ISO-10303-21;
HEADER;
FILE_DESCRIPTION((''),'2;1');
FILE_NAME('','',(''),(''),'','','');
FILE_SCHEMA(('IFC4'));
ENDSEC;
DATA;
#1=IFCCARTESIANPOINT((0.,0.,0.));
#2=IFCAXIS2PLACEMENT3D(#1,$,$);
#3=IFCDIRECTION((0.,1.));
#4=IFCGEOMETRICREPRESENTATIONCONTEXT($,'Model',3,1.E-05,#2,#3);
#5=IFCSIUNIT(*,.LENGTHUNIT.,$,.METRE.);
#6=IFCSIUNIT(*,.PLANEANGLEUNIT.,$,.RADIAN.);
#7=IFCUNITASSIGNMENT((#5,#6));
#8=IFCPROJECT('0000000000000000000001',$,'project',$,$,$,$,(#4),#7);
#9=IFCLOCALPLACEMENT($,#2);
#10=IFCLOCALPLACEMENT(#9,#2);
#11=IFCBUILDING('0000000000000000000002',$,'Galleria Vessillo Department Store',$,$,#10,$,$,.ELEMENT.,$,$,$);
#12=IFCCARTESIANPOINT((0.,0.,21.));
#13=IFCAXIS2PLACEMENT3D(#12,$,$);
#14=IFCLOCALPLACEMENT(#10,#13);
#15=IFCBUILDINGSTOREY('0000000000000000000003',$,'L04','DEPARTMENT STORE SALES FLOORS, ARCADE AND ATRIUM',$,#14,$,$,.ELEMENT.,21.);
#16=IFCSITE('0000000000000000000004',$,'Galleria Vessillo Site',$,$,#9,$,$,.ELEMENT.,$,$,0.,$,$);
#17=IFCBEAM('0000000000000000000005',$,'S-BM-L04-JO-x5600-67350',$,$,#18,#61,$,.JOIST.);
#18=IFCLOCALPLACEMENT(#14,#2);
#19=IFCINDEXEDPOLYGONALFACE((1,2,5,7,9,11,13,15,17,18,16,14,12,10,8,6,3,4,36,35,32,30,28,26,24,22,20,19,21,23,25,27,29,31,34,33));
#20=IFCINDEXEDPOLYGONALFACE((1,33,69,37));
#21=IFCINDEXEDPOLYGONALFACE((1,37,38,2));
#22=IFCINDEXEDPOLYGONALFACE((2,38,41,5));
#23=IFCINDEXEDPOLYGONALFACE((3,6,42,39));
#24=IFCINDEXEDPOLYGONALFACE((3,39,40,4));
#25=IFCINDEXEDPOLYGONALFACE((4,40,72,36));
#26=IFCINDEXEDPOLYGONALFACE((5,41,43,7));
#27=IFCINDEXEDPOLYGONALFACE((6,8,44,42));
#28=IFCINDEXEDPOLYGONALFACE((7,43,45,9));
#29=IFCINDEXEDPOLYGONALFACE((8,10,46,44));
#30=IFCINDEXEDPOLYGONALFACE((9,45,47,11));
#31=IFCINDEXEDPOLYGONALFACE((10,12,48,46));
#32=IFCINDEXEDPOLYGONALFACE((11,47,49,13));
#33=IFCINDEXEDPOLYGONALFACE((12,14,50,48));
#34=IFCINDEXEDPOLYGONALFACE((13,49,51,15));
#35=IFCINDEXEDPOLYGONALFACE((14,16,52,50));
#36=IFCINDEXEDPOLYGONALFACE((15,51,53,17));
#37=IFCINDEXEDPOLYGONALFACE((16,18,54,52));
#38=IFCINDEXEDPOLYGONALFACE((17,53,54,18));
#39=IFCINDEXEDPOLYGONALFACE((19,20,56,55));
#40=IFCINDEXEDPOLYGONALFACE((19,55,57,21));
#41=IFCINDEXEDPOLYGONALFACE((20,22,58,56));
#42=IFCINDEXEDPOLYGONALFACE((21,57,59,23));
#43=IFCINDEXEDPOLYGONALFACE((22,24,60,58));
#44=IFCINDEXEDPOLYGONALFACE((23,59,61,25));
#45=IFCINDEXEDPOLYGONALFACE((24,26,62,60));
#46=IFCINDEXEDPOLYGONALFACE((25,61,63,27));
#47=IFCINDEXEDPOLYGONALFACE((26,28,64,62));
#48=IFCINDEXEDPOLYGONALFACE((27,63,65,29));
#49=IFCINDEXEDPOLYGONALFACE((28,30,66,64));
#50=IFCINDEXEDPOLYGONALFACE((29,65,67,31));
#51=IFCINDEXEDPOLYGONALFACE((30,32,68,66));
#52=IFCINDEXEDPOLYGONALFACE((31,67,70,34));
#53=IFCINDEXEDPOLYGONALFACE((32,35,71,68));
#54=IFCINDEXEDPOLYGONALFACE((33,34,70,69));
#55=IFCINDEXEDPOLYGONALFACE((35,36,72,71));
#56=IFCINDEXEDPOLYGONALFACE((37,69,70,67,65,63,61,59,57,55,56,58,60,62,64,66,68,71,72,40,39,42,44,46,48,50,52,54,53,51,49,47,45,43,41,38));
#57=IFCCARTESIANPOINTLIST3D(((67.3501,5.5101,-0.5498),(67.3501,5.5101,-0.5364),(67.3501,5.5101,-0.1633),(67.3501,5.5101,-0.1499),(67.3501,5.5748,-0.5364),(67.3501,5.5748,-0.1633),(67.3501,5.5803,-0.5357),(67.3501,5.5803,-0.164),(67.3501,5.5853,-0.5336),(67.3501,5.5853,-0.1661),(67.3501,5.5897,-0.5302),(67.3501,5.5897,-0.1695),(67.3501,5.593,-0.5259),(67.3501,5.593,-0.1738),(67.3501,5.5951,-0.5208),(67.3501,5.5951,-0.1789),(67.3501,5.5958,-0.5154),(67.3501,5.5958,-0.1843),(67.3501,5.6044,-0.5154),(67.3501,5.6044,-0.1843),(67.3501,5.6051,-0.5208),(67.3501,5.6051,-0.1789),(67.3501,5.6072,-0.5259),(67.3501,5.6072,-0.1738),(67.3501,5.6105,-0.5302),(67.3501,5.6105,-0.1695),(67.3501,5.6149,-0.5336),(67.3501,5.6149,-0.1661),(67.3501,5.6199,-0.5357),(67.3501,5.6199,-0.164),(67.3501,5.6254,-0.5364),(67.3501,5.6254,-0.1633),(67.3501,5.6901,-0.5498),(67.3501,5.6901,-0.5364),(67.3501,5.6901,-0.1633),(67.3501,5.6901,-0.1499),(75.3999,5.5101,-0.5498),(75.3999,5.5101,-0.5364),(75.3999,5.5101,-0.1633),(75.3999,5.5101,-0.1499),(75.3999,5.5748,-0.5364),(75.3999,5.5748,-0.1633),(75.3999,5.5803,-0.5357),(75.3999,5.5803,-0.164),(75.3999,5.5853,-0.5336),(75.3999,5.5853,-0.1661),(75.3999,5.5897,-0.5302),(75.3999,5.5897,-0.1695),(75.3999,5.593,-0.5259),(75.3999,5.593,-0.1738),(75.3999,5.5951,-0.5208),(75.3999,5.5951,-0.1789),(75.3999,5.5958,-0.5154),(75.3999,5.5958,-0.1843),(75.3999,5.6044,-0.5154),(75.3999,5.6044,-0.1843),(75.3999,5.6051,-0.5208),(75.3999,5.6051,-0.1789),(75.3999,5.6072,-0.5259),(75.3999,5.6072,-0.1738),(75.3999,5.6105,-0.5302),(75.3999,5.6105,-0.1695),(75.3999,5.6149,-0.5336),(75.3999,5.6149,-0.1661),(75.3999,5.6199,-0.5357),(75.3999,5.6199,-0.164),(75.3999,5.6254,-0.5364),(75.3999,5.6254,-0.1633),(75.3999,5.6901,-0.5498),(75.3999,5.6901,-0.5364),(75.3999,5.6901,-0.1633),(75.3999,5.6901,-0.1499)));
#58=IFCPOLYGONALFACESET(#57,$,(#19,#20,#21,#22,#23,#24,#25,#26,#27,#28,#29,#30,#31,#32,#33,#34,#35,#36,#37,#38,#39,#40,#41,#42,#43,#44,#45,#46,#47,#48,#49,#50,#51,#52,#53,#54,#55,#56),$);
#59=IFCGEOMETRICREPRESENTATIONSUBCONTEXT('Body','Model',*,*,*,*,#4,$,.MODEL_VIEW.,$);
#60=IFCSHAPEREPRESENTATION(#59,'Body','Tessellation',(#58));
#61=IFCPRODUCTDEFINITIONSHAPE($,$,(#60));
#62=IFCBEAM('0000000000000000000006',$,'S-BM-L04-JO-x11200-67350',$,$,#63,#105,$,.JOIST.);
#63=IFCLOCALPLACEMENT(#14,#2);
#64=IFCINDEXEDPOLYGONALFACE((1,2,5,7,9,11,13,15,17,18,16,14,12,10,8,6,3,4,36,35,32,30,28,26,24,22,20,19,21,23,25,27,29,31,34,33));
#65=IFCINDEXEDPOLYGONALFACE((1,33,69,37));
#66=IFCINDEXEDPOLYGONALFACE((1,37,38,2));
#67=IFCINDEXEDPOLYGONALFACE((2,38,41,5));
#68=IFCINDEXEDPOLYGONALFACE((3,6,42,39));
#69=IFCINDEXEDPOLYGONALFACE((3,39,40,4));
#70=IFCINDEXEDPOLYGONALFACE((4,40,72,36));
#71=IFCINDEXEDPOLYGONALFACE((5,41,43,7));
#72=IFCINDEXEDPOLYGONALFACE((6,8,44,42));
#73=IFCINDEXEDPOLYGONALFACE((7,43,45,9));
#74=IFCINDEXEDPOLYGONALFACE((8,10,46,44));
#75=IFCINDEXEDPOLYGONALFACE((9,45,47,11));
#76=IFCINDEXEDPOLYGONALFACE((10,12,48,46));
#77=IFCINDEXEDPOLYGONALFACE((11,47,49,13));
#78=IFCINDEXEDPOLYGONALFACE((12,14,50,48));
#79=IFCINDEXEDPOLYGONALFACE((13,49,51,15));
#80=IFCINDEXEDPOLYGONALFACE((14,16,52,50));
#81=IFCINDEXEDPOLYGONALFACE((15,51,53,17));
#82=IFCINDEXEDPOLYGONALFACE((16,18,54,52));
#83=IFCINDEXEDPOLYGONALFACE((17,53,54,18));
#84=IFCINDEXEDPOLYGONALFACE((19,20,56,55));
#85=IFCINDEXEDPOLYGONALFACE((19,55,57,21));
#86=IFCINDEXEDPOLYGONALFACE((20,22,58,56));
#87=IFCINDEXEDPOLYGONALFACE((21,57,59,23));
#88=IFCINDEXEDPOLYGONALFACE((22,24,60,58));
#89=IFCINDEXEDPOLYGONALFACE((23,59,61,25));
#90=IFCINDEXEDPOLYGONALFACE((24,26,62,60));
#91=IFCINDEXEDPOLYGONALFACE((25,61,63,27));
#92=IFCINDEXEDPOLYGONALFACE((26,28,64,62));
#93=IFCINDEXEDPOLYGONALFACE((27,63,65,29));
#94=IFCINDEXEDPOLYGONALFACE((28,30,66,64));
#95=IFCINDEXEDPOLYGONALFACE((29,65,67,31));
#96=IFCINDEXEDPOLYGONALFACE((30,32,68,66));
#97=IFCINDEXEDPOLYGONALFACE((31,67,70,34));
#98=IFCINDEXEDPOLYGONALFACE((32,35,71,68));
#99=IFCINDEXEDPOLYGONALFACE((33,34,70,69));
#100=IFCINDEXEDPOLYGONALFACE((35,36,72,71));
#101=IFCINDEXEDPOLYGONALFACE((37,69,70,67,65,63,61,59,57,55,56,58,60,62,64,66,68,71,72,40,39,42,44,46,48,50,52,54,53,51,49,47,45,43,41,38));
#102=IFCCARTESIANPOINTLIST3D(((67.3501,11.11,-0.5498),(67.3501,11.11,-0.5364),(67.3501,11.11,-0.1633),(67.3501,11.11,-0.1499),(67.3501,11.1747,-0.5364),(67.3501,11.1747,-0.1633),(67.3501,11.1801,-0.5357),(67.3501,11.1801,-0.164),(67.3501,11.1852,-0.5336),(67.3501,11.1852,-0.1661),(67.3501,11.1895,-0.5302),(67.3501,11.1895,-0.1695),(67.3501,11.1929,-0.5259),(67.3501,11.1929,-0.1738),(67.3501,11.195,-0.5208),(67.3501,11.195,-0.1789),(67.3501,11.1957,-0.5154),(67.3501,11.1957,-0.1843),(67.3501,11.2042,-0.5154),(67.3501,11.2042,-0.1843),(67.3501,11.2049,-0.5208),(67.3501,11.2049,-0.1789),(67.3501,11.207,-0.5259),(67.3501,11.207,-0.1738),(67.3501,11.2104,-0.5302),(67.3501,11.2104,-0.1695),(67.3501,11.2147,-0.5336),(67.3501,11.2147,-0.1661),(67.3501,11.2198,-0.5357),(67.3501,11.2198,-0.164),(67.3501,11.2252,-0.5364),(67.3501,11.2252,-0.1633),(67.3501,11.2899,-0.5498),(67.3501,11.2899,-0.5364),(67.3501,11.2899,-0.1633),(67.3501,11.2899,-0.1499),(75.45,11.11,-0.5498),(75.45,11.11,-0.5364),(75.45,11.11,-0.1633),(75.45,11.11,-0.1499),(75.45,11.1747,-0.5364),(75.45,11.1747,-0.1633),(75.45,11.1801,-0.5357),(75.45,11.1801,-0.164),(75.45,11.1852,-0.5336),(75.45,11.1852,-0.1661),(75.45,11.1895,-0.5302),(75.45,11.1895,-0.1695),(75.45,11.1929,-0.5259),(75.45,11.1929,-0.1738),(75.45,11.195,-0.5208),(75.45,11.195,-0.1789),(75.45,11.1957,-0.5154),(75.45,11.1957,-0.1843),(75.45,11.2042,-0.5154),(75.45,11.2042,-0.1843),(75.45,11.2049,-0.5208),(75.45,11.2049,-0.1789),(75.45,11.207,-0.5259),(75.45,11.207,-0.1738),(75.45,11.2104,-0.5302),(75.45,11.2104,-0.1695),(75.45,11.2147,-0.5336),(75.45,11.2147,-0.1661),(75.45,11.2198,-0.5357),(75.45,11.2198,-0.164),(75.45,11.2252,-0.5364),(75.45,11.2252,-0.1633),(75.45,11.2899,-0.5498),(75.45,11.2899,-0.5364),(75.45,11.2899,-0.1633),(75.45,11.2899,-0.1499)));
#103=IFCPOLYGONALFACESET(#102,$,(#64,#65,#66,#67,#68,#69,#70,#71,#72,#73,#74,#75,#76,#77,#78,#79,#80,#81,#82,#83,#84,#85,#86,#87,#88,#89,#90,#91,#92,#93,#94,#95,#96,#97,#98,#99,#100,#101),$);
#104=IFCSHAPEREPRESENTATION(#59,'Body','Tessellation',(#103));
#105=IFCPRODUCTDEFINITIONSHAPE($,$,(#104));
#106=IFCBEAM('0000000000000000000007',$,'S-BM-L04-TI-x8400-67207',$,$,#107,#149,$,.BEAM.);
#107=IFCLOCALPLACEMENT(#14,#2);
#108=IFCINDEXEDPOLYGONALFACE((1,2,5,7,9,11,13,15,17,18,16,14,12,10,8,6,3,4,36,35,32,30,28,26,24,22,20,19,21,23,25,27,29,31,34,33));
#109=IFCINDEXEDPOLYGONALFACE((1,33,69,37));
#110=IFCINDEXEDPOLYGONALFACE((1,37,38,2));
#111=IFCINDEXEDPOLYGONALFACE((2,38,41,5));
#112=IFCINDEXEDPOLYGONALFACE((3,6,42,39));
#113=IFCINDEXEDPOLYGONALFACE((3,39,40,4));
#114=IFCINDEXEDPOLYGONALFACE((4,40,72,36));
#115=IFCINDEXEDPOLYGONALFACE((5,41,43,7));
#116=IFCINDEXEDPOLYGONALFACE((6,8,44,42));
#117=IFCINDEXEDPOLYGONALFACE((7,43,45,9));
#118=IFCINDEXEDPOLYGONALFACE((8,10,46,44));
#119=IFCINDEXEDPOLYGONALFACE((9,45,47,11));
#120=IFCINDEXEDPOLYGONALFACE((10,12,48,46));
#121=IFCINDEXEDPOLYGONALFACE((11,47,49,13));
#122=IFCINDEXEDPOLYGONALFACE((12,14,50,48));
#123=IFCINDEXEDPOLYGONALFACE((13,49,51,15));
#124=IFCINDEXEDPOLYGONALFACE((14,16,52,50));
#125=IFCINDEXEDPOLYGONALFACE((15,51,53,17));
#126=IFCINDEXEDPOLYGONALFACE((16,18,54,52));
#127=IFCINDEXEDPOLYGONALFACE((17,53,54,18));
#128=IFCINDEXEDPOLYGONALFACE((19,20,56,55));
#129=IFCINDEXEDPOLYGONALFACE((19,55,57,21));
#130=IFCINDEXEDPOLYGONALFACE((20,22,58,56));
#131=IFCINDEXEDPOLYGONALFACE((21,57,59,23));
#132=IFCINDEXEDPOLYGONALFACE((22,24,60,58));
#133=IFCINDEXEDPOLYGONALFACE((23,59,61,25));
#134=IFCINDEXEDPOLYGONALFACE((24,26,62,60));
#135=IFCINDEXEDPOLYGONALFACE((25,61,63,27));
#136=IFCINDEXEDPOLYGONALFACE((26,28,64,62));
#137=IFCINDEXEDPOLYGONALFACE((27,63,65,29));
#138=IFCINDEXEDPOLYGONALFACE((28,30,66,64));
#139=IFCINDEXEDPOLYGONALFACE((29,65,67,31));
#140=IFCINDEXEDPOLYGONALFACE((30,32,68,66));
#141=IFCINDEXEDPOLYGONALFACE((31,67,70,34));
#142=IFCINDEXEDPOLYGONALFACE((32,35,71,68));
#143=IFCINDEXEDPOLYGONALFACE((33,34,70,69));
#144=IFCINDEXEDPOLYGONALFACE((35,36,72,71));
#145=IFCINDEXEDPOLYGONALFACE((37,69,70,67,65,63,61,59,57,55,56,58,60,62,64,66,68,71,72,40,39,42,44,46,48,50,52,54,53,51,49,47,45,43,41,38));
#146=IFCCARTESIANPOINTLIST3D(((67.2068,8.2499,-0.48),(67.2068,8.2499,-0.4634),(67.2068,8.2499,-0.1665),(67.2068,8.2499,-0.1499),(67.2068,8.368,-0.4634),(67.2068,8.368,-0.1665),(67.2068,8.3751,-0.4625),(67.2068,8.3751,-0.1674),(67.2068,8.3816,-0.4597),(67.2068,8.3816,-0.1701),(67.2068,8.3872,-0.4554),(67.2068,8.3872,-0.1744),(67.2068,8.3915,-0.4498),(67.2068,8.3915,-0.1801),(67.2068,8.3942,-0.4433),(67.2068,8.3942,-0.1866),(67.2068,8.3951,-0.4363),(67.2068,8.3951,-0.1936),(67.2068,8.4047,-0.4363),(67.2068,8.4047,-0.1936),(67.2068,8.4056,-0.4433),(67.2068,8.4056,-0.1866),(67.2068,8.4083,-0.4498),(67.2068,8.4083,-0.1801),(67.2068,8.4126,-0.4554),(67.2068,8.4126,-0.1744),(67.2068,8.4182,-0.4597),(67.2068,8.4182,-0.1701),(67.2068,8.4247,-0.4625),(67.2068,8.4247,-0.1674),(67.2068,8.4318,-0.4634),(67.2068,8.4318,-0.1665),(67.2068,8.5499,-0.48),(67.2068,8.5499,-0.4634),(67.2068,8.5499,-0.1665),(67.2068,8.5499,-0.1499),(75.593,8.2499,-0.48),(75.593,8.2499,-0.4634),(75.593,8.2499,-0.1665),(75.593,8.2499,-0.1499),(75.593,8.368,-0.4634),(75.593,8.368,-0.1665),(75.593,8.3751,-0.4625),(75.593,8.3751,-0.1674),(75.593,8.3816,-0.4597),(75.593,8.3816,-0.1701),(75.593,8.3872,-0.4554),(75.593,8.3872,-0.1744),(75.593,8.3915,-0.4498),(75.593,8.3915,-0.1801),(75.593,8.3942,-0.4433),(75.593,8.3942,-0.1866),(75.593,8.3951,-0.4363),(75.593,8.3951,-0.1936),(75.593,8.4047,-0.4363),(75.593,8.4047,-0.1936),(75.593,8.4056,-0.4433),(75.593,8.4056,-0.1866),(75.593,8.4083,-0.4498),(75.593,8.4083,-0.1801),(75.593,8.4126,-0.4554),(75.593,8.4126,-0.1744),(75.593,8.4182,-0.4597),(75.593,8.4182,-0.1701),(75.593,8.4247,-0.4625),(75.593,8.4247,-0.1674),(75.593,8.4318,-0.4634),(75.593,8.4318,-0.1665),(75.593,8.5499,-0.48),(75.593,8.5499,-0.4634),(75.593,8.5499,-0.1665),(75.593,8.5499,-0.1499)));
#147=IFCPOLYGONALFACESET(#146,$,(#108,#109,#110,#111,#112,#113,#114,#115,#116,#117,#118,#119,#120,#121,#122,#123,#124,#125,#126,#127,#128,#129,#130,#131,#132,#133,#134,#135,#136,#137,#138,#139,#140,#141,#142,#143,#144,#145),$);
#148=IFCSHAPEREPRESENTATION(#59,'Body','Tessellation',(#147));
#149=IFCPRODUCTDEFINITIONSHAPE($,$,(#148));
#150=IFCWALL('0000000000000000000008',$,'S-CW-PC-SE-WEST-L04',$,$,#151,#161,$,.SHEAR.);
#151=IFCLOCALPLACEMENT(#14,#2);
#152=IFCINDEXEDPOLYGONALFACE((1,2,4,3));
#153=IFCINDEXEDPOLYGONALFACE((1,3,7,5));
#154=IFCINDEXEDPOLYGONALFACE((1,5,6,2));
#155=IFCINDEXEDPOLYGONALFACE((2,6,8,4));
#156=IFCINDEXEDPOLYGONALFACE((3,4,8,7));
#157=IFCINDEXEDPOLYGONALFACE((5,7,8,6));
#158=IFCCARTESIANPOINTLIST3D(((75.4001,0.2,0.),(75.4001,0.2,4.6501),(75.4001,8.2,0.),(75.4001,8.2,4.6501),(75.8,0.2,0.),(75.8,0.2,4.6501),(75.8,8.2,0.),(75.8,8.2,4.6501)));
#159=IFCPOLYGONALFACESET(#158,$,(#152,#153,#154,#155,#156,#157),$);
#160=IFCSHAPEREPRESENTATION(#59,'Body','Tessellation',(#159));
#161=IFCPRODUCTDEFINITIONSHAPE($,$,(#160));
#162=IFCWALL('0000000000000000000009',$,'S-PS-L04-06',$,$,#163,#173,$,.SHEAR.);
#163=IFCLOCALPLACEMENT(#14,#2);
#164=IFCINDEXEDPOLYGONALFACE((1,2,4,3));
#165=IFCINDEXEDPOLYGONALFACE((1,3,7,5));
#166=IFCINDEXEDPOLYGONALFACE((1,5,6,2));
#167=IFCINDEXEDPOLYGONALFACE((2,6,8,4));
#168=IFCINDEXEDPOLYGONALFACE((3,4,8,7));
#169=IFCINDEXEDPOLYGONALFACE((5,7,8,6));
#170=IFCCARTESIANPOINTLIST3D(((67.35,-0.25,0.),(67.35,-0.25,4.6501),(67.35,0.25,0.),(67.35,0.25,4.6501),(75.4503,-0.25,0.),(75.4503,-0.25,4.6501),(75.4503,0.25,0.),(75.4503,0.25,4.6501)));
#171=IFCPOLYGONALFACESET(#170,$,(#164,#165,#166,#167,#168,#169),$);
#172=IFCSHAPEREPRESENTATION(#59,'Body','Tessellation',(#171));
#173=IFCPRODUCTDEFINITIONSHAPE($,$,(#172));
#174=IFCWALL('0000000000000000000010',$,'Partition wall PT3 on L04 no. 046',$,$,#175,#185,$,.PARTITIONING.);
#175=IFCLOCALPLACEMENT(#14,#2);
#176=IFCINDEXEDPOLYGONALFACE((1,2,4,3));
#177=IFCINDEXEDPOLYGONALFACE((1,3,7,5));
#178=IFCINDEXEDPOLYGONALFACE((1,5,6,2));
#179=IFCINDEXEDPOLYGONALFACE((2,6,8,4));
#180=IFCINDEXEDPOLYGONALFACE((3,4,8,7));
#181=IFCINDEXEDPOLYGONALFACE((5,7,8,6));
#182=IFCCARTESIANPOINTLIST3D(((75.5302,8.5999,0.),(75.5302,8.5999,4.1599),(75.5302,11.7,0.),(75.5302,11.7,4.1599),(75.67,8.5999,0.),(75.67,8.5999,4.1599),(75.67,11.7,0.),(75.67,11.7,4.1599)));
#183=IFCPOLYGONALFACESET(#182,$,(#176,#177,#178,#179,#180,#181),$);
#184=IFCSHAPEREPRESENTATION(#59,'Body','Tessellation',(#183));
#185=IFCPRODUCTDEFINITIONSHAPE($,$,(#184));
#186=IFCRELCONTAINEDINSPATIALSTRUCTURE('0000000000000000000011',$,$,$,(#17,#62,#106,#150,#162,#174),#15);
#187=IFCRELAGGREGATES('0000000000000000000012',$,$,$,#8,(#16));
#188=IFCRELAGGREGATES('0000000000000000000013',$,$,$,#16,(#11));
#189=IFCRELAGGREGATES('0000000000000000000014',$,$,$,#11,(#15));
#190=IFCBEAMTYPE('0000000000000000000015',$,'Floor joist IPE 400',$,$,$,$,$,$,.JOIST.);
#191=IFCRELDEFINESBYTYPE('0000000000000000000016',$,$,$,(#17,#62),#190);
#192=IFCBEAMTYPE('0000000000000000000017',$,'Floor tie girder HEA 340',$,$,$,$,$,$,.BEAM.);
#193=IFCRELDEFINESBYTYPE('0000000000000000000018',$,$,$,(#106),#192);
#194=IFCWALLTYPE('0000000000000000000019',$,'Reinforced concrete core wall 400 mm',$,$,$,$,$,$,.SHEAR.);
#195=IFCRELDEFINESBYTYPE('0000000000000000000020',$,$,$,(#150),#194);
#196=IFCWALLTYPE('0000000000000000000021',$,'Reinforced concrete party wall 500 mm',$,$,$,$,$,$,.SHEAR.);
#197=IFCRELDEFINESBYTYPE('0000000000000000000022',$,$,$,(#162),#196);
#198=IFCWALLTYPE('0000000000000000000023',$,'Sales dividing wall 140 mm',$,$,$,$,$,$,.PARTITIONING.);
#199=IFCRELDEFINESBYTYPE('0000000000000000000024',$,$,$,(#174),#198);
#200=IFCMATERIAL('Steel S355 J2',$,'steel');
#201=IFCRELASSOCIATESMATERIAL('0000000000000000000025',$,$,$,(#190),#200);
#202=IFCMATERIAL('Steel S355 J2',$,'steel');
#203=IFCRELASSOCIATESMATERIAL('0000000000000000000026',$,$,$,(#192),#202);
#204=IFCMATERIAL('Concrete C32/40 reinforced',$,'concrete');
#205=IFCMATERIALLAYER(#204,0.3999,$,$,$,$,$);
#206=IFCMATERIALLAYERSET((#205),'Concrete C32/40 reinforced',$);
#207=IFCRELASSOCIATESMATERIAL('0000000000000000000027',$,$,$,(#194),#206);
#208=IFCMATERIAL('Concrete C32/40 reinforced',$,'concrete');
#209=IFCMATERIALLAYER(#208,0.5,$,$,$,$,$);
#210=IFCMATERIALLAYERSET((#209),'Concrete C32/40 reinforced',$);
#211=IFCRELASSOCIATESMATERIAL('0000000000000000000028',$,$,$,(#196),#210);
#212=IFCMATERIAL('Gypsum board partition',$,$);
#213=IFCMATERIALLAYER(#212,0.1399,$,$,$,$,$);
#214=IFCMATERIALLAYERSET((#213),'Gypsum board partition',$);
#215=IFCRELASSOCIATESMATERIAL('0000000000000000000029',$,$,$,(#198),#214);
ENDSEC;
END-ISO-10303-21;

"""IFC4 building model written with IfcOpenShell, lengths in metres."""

from ifc_helpers import new_model, si_unit, direction, frame, frame_2d, origin, origin_2d, place, context, subcontext, project, spatial, rectangle, i_section, extrude, material, layer, layer_set, material_profile, profile_set, type_object, element, save


model = new_model("IFC4")

# Units and contexts
model_context = context("Model", 3, precision=1e-05, world=origin(), true_north=direction((0.0, 1.0)))
body_context = subcontext(model_context, "Body", "Model", "MODEL_VIEW")
ifc_project = project(units=[si_unit("LENGTHUNIT", "METRE"), si_unit("PLANEANGLEUNIT", "RADIAN")], contexts=[model_context])

# Site, building, storey
site_placement = place(None, origin())
site = spatial("IfcSite", under=ifc_project, at=site_placement, Name="Galleria Vessillo Site", CompositionType="ELEMENT", RefElevation=0.0)
building_placement = place(site_placement, origin())
building = spatial("IfcBuilding", under=site, at=building_placement, Name="Galleria Vessillo Department Store", CompositionType="ELEMENT")
storey_placement = place(building_placement, frame((0.0, 0.0, 21.0)))
storey = spatial("IfcBuildingStorey", under=building, at=storey_placement, Name="L04", Description="DEPARTMENT STORE SALES FLOORS, ARCADE AND ATRIUM", CompositionType="ELEMENT", Elevation=21.0)

# Beams
ifc_material_1 = material(Name="Steel S355 J2", Category="steel")
ifc_material_profile_1 = material_profile(ifc_material_1, i_section(OverallWidth=0.1799, OverallDepth=0.3999, WebThickness=0.0085, FlangeThickness=0.0134, FilletRadius=0.021, at=origin_2d()), Name="IPE 400")
ifc_profile_set_1 = profile_set([ifc_material_profile_1], Name="Steel S355 J2")
beam_type_1 = type_object("IfcBeamType", Name="Floor joist IPE 400", PredefinedType="JOIST", material=ifc_profile_set_1)
for number, where, z_axis, x_axis, name in (
    (1, (67.3501, 5.6001, -0.3499), (1.0, 0.0, 0.0), (0.0, 1.0, 0.0), "S-BM-L04-JO-x5600-67350"),
):
    element("IfcBeam", number, at=place(storey_placement, frame(where, z_axis=z_axis, x_axis=x_axis)), inside=storey, type_object=beam_type_1, Name=name, PredefinedType="JOIST", context=body_context, shape_type="SweptSolid", body=[
        extrude(i_section(OverallWidth=0.1799, OverallDepth=0.3999, WebThickness=0.0085, FlangeThickness=0.0134, FilletRadius=0.021, at=origin_2d()), origin(), (0.0, 0.0, 1.0), 8.0498),
    ])
beam_1_placement = place(storey_placement, frame((67.3501, 11.2, -0.3499), z_axis=(1.0, 0.0, 0.0), x_axis=(0.0, 1.0, 0.0)))
element("IfcBeam", 2, at=beam_1_placement, inside=storey, type_object=beam_type_1, Name="S-BM-L04-JO-x11200-67350", PredefinedType="JOIST", context=body_context, shape_type="SweptSolid", body=[
    extrude(i_section(OverallWidth=0.1799, OverallDepth=0.3999, WebThickness=0.0085, FlangeThickness=0.0134, FilletRadius=0.021, at=origin_2d()), origin(), (0.0, 0.0, 1.0), 8.0999),
])
ifc_material_2 = material(Name="Steel S355 J2", Category="steel")
ifc_material_profile_2 = material_profile(ifc_material_2, i_section(OverallWidth=0.3, OverallDepth=0.3301, WebThickness=0.0095, FlangeThickness=0.0166, FilletRadius=0.0271, at=origin_2d()), Name="HEA 340")
ifc_profile_set_2 = profile_set([ifc_material_profile_2], Name="Steel S355 J2")
beam_type_2 = type_object("IfcBeamType", Name="Floor tie girder HEA 340", PredefinedType="BEAM", material=ifc_profile_set_2)
beam_2_placement = place(storey_placement, frame((67.2068, 8.3999, -0.3149), z_axis=(1.0, 0.0, 0.0), x_axis=(0.0, 1.0, 0.0)))
element("IfcBeam", 3, at=beam_2_placement, inside=storey, type_object=beam_type_2, Name="S-BM-L04-TI-x8400-67207", PredefinedType="BEAM", context=body_context, shape_type="SweptSolid", body=[
    extrude(i_section(OverallWidth=0.3, OverallDepth=0.3301, WebThickness=0.0095, FlangeThickness=0.0166, FilletRadius=0.0271, at=origin_2d()), origin(), (0.0, 0.0, 1.0), 8.3862),
])

# Walls
ifc_material_3 = material(Name="Concrete C32/40 reinforced", Category="concrete")
ifc_layer_1 = layer(ifc_material_3, 0.3999)
ifc_layer_set_1 = layer_set([ifc_layer_1], Name="Concrete C32/40 reinforced")
wall_type_1 = type_object("IfcWallType", Name="Reinforced concrete core wall 400 mm", PredefinedType="SHEAR", material=ifc_layer_set_1)
wall_1_placement = place(storey_placement, frame((75.6001, 0.2, 0.0), z_axis=(0.0, 0.0, 1.0), x_axis=(0.0, 1.0, 0.0)))
element("IfcWall", 4, at=wall_1_placement, inside=storey, type_object=wall_type_1, Name="S-CW-PC-SE-WEST-L04", PredefinedType="SHEAR", context=body_context, shape_type="SweptSolid", body=[
    extrude(rectangle(XDim=8.0, YDim=0.3999, at=frame_2d((4.0, 0.0))), origin(), (0.0, 0.0, 1.0), 4.6501),
])
ifc_material_4 = material(Name="Concrete C32/40 reinforced", Category="concrete")
ifc_layer_2 = layer(ifc_material_4, 0.5)
ifc_layer_set_2 = layer_set([ifc_layer_2], Name="Concrete C32/40 reinforced")
wall_type_2 = type_object("IfcWallType", Name="Reinforced concrete party wall 500 mm", PredefinedType="SHEAR", material=ifc_layer_set_2)
wall_2_placement = place(storey_placement, frame((67.3499, 0.0, 0.0), z_axis=(0.0, 0.0, 1.0), x_axis=(1.0, 0.0, 0.0)))
element("IfcWall", 5, at=wall_2_placement, inside=storey, type_object=wall_type_2, Name="S-PS-L04-06", PredefinedType="SHEAR", context=body_context, shape_type="SweptSolid", body=[
    extrude(rectangle(XDim=8.1003, YDim=0.5, at=frame_2d((4.0503, 0.0))), origin(), (0.0, 0.0, 1.0), 4.6501),
])
ifc_material_5 = material(Name="Gypsum board partition")
ifc_layer_3 = layer(ifc_material_5, 0.1399)
ifc_layer_set_3 = layer_set([ifc_layer_3], Name="Gypsum board partition")
wall_type_3 = type_object("IfcWallType", Name="Sales dividing wall 140 mm", PredefinedType="PARTITIONING", material=ifc_layer_set_3)
for number, where, z_axis, x_axis, name in (
    (6, (75.6001, 8.5999, 0.0), (0.0, 0.0, 1.0), (0.0, 1.0, 0.0), "Partition wall PT3 on L04 no. 046"),
):
    element("IfcWall", number, at=place(storey_placement, frame(where, z_axis=z_axis, x_axis=x_axis)), inside=storey, type_object=wall_type_3, Name=name, PredefinedType="PARTITIONING", context=body_context, shape_type="SweptSolid", body=[
        extrude(rectangle(XDim=3.1001, YDim=0.1399, at=frame_2d((1.55, 0.0))), origin(), (0.0, 0.0, 1.0), 4.1599),
    ])

save(model, "model.ifc")
